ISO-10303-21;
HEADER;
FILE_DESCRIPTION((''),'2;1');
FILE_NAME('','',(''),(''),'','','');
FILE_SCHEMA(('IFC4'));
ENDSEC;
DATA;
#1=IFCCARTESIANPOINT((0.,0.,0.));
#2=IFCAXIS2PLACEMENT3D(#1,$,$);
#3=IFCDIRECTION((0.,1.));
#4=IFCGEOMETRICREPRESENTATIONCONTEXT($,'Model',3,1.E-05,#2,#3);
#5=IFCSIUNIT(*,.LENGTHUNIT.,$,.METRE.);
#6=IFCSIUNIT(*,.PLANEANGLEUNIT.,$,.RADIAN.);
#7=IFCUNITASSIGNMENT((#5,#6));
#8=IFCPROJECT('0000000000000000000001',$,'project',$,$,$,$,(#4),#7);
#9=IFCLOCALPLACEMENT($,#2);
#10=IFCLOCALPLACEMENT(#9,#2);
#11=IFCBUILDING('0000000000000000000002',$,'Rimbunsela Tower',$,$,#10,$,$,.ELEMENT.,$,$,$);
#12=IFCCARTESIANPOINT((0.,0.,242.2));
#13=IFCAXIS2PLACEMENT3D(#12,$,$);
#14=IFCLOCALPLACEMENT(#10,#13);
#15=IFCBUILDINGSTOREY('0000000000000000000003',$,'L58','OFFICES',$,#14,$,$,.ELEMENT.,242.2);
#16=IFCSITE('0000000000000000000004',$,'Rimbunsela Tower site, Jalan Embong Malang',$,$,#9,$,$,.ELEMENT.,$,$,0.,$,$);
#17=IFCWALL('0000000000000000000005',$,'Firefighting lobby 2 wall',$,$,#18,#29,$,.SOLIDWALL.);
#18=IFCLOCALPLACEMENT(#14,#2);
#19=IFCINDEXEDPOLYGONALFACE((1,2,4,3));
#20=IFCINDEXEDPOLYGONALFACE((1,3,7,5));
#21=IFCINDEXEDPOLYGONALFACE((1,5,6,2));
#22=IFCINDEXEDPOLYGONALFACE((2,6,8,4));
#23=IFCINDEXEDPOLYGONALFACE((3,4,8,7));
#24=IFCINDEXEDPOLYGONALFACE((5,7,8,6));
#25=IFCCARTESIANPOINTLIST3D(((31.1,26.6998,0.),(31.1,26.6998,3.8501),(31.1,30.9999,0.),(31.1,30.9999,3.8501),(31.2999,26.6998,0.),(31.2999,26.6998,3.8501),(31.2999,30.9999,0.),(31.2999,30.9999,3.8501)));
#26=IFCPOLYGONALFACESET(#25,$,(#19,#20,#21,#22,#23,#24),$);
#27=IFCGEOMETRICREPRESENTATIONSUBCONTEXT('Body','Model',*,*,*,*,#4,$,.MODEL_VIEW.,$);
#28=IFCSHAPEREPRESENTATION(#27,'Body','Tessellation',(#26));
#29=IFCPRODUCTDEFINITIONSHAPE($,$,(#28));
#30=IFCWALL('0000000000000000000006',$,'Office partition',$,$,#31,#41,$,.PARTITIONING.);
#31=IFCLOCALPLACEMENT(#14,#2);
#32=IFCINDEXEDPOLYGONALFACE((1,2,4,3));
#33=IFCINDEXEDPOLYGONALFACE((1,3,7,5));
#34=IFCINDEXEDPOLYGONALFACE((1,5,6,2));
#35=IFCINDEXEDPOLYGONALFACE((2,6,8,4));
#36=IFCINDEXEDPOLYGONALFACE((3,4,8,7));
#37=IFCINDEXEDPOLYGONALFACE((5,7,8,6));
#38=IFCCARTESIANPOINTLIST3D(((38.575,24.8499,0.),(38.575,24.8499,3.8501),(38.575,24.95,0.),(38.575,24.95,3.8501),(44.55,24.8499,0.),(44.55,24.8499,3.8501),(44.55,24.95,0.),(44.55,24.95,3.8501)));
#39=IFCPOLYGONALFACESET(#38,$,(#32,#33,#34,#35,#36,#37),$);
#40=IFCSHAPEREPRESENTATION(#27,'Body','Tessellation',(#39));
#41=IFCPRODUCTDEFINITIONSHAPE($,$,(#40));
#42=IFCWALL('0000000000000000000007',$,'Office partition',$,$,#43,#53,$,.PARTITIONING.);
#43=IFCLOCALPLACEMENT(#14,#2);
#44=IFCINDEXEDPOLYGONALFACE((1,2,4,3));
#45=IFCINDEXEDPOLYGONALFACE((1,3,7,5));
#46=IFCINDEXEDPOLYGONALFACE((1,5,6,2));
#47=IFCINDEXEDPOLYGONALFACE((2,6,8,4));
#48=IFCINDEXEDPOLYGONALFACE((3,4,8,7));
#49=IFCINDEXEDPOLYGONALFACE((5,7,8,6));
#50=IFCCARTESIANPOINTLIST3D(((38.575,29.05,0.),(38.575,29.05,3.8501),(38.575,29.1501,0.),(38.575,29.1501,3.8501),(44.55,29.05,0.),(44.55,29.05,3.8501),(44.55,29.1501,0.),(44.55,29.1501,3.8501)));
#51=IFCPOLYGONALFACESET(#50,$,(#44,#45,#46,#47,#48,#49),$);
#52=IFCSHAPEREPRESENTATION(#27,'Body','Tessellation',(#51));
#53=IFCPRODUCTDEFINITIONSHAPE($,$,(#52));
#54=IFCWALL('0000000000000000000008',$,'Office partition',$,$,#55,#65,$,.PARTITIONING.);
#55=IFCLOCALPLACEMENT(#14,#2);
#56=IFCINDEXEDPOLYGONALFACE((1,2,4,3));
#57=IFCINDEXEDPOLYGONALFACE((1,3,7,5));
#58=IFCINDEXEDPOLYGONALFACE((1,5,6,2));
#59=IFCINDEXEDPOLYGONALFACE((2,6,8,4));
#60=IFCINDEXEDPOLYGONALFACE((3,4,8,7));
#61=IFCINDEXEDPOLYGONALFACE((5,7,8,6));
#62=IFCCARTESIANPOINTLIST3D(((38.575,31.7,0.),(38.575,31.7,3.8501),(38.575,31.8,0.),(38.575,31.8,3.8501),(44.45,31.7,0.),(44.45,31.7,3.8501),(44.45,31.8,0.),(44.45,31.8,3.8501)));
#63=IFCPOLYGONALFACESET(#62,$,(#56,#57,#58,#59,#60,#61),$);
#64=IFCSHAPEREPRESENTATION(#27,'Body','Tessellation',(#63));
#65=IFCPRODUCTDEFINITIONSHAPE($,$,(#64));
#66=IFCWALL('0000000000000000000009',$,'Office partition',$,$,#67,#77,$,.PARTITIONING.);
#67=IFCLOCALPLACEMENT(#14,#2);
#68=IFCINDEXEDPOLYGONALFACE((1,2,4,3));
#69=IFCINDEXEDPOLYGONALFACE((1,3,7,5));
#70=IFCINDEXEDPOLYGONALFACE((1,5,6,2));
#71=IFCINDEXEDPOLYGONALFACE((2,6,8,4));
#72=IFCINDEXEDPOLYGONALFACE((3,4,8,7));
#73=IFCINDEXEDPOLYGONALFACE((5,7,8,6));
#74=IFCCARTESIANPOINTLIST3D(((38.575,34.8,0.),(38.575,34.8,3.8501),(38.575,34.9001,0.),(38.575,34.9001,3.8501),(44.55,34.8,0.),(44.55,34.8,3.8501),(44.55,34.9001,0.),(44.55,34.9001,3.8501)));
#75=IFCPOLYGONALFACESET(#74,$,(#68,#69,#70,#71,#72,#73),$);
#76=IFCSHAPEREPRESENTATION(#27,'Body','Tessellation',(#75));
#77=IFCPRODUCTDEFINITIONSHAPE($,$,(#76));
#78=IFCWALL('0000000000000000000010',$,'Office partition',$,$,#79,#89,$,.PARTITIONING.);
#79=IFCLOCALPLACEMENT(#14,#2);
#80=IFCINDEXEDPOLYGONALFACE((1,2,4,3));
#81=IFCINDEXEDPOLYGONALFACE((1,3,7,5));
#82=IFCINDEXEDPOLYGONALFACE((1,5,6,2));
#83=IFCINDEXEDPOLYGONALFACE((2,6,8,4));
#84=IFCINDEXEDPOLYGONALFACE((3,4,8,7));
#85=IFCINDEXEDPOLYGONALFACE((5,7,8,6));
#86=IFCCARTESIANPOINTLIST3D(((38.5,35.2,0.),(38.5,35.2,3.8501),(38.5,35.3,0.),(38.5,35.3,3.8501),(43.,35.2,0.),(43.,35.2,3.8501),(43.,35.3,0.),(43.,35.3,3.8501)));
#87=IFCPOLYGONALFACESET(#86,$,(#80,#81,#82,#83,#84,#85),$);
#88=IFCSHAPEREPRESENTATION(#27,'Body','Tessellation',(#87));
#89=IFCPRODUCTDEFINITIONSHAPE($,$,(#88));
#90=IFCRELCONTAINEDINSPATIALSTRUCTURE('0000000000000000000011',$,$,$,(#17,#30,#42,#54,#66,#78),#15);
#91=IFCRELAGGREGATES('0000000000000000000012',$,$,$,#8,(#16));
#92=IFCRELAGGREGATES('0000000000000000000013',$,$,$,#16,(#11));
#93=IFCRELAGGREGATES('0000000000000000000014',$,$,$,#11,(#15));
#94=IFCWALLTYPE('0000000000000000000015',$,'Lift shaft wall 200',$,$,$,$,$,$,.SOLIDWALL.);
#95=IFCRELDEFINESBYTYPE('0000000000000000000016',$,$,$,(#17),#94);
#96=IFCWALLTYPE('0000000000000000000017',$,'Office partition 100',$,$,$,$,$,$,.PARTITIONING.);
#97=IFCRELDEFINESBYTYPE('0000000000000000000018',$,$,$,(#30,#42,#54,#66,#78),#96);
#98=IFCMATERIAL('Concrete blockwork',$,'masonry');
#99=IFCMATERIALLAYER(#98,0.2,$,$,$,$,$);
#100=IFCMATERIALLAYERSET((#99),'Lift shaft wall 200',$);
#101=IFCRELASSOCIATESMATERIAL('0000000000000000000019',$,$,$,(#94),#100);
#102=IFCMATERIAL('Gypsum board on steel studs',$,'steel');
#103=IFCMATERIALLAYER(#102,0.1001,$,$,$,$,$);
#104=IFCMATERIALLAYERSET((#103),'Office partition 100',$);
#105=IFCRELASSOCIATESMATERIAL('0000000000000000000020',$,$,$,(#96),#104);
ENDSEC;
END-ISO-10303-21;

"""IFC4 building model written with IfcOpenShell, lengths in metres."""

from ifc_helpers import new_model, si_unit, direction, frame, frame_2d, origin, place, context, subcontext, project, spatial, rectangle, extrude, material, layer, layer_set, type_object, element, save


model = new_model("IFC4")

# Units and contexts
model_context = context("Model", 3, precision=1e-05, world=origin(), true_north=direction((0.0, 1.0)))
body_context = subcontext(model_context, "Body", "Model", "MODEL_VIEW")
ifc_project = project(units=[si_unit("LENGTHUNIT", "METRE"), si_unit("PLANEANGLEUNIT", "RADIAN")], contexts=[model_context])

# Site, building, storey
site_placement = place(None, origin())
site = spatial("IfcSite", under=ifc_project, at=site_placement, Name="Rimbunsela Tower site, Jalan Embong Malang", CompositionType="ELEMENT", RefElevation=0.0)
building_placement = place(site_placement, origin())
building = spatial("IfcBuilding", under=site, at=building_placement, Name="Rimbunsela Tower", CompositionType="ELEMENT")
storey_placement = place(building_placement, frame((0.0, 0.0, 242.2)))
storey = spatial("IfcBuildingStorey", under=building, at=storey_placement, Name="L58", Description="OFFICES", CompositionType="ELEMENT", Elevation=242.2)

# Walls
ifc_material_1 = material(Name="Concrete blockwork", Category="masonry")
ifc_layer_1 = layer(ifc_material_1, 0.2)
ifc_layer_set_1 = layer_set([ifc_layer_1], Name="Lift shaft wall 200")
wall_type_1 = type_object("IfcWallType", Name="Lift shaft wall 200", PredefinedType="SOLIDWALL", material=ifc_layer_set_1)
wall_1_placement = place(storey_placement, frame((31.2, 26.7, 0.0), z_axis=(0.0, 0.0, 1.0), x_axis=(0.0, 1.0, 0.0)))
element("IfcWall", 1, at=wall_1_placement, inside=storey, type_object=wall_type_1, Name="Firefighting lobby 2 wall", PredefinedType="SOLIDWALL", context=body_context, shape_type="SweptSolid", body=[
    extrude(rectangle(XDim=4.3, YDim=0.2, at=frame_2d((2.1499, 0.0))), origin(), (0.0, 0.0, 1.0), 3.8501),
])
ifc_material_2 = material(Name="Gypsum board on steel studs", Category="steel")
ifc_layer_2 = layer(ifc_material_2, 0.1001)
ifc_layer_set_2 = layer_set([ifc_layer_2], Name="Office partition 100")
wall_type_2 = type_object("IfcWallType", Name="Office partition 100", PredefinedType="PARTITIONING", material=ifc_layer_set_2)
for number, where, z_axis, x_axis, name in (
    (2, (38.575, 24.8999, 0.0), (0.0, 0.0, 1.0), (1.0, 0.0, 0.0), "Office partition"),
    (3, (38.575, 29.1001, 0.0), (0.0, 0.0, 1.0), (1.0, 0.0, 0.0), "Office partition"),
):
    element("IfcWall", number, at=place(storey_placement, frame(where, z_axis=z_axis, x_axis=x_axis)), inside=storey, type_object=wall_type_2, Name=name, PredefinedType="PARTITIONING", context=body_context, shape_type="SweptSolid", body=[
        extrude(rectangle(XDim=5.9751, YDim=0.1001, at=frame_2d((2.9875, 0.0))), origin(), (0.0, 0.0, 1.0), 3.8501),
    ])
wall_2_placement = place(storey_placement, frame((38.575, 31.75, 0.0), z_axis=(0.0, 0.0, 1.0), x_axis=(1.0, 0.0, 0.0)))
element("IfcWall", 4, at=wall_2_placement, inside=storey, type_object=wall_type_2, Name="Office partition", PredefinedType="PARTITIONING", context=body_context, shape_type="SweptSolid", body=[
    extrude(rectangle(XDim=5.875, YDim=0.1001, at=frame_2d((2.9375, 0.0))), origin(), (0.0, 0.0, 1.0), 3.8501),
])
wall_3_placement = place(storey_placement, frame((38.575, 34.8501, 0.0), z_axis=(0.0, 0.0, 1.0), x_axis=(1.0, 0.0, 0.0)))
element("IfcWall", 5, at=wall_3_placement, inside=storey, type_object=wall_type_2, Name="Office partition", PredefinedType="PARTITIONING", context=body_context, shape_type="SweptSolid", body=[
    extrude(rectangle(XDim=5.9751, YDim=0.1001, at=frame_2d((2.9875, 0.0))), origin(), (0.0, 0.0, 1.0), 3.8501),
])
wall_4_placement = place(storey_placement, frame((38.5, 35.25, 0.0), z_axis=(0.0, 0.0, 1.0), x_axis=(1.0, 0.0, 0.0)))
element("IfcWall", 6, at=wall_4_placement, inside=storey, type_object=wall_type_2, Name="Office partition", PredefinedType="PARTITIONING", context=body_context, shape_type="SweptSolid", body=[
    extrude(rectangle(XDim=4.5, YDim=0.1001, at=frame_2d((2.25, 0.0))), origin(), (0.0, 0.0, 1.0), 3.8501),
])

save(model, "model.ifc")
